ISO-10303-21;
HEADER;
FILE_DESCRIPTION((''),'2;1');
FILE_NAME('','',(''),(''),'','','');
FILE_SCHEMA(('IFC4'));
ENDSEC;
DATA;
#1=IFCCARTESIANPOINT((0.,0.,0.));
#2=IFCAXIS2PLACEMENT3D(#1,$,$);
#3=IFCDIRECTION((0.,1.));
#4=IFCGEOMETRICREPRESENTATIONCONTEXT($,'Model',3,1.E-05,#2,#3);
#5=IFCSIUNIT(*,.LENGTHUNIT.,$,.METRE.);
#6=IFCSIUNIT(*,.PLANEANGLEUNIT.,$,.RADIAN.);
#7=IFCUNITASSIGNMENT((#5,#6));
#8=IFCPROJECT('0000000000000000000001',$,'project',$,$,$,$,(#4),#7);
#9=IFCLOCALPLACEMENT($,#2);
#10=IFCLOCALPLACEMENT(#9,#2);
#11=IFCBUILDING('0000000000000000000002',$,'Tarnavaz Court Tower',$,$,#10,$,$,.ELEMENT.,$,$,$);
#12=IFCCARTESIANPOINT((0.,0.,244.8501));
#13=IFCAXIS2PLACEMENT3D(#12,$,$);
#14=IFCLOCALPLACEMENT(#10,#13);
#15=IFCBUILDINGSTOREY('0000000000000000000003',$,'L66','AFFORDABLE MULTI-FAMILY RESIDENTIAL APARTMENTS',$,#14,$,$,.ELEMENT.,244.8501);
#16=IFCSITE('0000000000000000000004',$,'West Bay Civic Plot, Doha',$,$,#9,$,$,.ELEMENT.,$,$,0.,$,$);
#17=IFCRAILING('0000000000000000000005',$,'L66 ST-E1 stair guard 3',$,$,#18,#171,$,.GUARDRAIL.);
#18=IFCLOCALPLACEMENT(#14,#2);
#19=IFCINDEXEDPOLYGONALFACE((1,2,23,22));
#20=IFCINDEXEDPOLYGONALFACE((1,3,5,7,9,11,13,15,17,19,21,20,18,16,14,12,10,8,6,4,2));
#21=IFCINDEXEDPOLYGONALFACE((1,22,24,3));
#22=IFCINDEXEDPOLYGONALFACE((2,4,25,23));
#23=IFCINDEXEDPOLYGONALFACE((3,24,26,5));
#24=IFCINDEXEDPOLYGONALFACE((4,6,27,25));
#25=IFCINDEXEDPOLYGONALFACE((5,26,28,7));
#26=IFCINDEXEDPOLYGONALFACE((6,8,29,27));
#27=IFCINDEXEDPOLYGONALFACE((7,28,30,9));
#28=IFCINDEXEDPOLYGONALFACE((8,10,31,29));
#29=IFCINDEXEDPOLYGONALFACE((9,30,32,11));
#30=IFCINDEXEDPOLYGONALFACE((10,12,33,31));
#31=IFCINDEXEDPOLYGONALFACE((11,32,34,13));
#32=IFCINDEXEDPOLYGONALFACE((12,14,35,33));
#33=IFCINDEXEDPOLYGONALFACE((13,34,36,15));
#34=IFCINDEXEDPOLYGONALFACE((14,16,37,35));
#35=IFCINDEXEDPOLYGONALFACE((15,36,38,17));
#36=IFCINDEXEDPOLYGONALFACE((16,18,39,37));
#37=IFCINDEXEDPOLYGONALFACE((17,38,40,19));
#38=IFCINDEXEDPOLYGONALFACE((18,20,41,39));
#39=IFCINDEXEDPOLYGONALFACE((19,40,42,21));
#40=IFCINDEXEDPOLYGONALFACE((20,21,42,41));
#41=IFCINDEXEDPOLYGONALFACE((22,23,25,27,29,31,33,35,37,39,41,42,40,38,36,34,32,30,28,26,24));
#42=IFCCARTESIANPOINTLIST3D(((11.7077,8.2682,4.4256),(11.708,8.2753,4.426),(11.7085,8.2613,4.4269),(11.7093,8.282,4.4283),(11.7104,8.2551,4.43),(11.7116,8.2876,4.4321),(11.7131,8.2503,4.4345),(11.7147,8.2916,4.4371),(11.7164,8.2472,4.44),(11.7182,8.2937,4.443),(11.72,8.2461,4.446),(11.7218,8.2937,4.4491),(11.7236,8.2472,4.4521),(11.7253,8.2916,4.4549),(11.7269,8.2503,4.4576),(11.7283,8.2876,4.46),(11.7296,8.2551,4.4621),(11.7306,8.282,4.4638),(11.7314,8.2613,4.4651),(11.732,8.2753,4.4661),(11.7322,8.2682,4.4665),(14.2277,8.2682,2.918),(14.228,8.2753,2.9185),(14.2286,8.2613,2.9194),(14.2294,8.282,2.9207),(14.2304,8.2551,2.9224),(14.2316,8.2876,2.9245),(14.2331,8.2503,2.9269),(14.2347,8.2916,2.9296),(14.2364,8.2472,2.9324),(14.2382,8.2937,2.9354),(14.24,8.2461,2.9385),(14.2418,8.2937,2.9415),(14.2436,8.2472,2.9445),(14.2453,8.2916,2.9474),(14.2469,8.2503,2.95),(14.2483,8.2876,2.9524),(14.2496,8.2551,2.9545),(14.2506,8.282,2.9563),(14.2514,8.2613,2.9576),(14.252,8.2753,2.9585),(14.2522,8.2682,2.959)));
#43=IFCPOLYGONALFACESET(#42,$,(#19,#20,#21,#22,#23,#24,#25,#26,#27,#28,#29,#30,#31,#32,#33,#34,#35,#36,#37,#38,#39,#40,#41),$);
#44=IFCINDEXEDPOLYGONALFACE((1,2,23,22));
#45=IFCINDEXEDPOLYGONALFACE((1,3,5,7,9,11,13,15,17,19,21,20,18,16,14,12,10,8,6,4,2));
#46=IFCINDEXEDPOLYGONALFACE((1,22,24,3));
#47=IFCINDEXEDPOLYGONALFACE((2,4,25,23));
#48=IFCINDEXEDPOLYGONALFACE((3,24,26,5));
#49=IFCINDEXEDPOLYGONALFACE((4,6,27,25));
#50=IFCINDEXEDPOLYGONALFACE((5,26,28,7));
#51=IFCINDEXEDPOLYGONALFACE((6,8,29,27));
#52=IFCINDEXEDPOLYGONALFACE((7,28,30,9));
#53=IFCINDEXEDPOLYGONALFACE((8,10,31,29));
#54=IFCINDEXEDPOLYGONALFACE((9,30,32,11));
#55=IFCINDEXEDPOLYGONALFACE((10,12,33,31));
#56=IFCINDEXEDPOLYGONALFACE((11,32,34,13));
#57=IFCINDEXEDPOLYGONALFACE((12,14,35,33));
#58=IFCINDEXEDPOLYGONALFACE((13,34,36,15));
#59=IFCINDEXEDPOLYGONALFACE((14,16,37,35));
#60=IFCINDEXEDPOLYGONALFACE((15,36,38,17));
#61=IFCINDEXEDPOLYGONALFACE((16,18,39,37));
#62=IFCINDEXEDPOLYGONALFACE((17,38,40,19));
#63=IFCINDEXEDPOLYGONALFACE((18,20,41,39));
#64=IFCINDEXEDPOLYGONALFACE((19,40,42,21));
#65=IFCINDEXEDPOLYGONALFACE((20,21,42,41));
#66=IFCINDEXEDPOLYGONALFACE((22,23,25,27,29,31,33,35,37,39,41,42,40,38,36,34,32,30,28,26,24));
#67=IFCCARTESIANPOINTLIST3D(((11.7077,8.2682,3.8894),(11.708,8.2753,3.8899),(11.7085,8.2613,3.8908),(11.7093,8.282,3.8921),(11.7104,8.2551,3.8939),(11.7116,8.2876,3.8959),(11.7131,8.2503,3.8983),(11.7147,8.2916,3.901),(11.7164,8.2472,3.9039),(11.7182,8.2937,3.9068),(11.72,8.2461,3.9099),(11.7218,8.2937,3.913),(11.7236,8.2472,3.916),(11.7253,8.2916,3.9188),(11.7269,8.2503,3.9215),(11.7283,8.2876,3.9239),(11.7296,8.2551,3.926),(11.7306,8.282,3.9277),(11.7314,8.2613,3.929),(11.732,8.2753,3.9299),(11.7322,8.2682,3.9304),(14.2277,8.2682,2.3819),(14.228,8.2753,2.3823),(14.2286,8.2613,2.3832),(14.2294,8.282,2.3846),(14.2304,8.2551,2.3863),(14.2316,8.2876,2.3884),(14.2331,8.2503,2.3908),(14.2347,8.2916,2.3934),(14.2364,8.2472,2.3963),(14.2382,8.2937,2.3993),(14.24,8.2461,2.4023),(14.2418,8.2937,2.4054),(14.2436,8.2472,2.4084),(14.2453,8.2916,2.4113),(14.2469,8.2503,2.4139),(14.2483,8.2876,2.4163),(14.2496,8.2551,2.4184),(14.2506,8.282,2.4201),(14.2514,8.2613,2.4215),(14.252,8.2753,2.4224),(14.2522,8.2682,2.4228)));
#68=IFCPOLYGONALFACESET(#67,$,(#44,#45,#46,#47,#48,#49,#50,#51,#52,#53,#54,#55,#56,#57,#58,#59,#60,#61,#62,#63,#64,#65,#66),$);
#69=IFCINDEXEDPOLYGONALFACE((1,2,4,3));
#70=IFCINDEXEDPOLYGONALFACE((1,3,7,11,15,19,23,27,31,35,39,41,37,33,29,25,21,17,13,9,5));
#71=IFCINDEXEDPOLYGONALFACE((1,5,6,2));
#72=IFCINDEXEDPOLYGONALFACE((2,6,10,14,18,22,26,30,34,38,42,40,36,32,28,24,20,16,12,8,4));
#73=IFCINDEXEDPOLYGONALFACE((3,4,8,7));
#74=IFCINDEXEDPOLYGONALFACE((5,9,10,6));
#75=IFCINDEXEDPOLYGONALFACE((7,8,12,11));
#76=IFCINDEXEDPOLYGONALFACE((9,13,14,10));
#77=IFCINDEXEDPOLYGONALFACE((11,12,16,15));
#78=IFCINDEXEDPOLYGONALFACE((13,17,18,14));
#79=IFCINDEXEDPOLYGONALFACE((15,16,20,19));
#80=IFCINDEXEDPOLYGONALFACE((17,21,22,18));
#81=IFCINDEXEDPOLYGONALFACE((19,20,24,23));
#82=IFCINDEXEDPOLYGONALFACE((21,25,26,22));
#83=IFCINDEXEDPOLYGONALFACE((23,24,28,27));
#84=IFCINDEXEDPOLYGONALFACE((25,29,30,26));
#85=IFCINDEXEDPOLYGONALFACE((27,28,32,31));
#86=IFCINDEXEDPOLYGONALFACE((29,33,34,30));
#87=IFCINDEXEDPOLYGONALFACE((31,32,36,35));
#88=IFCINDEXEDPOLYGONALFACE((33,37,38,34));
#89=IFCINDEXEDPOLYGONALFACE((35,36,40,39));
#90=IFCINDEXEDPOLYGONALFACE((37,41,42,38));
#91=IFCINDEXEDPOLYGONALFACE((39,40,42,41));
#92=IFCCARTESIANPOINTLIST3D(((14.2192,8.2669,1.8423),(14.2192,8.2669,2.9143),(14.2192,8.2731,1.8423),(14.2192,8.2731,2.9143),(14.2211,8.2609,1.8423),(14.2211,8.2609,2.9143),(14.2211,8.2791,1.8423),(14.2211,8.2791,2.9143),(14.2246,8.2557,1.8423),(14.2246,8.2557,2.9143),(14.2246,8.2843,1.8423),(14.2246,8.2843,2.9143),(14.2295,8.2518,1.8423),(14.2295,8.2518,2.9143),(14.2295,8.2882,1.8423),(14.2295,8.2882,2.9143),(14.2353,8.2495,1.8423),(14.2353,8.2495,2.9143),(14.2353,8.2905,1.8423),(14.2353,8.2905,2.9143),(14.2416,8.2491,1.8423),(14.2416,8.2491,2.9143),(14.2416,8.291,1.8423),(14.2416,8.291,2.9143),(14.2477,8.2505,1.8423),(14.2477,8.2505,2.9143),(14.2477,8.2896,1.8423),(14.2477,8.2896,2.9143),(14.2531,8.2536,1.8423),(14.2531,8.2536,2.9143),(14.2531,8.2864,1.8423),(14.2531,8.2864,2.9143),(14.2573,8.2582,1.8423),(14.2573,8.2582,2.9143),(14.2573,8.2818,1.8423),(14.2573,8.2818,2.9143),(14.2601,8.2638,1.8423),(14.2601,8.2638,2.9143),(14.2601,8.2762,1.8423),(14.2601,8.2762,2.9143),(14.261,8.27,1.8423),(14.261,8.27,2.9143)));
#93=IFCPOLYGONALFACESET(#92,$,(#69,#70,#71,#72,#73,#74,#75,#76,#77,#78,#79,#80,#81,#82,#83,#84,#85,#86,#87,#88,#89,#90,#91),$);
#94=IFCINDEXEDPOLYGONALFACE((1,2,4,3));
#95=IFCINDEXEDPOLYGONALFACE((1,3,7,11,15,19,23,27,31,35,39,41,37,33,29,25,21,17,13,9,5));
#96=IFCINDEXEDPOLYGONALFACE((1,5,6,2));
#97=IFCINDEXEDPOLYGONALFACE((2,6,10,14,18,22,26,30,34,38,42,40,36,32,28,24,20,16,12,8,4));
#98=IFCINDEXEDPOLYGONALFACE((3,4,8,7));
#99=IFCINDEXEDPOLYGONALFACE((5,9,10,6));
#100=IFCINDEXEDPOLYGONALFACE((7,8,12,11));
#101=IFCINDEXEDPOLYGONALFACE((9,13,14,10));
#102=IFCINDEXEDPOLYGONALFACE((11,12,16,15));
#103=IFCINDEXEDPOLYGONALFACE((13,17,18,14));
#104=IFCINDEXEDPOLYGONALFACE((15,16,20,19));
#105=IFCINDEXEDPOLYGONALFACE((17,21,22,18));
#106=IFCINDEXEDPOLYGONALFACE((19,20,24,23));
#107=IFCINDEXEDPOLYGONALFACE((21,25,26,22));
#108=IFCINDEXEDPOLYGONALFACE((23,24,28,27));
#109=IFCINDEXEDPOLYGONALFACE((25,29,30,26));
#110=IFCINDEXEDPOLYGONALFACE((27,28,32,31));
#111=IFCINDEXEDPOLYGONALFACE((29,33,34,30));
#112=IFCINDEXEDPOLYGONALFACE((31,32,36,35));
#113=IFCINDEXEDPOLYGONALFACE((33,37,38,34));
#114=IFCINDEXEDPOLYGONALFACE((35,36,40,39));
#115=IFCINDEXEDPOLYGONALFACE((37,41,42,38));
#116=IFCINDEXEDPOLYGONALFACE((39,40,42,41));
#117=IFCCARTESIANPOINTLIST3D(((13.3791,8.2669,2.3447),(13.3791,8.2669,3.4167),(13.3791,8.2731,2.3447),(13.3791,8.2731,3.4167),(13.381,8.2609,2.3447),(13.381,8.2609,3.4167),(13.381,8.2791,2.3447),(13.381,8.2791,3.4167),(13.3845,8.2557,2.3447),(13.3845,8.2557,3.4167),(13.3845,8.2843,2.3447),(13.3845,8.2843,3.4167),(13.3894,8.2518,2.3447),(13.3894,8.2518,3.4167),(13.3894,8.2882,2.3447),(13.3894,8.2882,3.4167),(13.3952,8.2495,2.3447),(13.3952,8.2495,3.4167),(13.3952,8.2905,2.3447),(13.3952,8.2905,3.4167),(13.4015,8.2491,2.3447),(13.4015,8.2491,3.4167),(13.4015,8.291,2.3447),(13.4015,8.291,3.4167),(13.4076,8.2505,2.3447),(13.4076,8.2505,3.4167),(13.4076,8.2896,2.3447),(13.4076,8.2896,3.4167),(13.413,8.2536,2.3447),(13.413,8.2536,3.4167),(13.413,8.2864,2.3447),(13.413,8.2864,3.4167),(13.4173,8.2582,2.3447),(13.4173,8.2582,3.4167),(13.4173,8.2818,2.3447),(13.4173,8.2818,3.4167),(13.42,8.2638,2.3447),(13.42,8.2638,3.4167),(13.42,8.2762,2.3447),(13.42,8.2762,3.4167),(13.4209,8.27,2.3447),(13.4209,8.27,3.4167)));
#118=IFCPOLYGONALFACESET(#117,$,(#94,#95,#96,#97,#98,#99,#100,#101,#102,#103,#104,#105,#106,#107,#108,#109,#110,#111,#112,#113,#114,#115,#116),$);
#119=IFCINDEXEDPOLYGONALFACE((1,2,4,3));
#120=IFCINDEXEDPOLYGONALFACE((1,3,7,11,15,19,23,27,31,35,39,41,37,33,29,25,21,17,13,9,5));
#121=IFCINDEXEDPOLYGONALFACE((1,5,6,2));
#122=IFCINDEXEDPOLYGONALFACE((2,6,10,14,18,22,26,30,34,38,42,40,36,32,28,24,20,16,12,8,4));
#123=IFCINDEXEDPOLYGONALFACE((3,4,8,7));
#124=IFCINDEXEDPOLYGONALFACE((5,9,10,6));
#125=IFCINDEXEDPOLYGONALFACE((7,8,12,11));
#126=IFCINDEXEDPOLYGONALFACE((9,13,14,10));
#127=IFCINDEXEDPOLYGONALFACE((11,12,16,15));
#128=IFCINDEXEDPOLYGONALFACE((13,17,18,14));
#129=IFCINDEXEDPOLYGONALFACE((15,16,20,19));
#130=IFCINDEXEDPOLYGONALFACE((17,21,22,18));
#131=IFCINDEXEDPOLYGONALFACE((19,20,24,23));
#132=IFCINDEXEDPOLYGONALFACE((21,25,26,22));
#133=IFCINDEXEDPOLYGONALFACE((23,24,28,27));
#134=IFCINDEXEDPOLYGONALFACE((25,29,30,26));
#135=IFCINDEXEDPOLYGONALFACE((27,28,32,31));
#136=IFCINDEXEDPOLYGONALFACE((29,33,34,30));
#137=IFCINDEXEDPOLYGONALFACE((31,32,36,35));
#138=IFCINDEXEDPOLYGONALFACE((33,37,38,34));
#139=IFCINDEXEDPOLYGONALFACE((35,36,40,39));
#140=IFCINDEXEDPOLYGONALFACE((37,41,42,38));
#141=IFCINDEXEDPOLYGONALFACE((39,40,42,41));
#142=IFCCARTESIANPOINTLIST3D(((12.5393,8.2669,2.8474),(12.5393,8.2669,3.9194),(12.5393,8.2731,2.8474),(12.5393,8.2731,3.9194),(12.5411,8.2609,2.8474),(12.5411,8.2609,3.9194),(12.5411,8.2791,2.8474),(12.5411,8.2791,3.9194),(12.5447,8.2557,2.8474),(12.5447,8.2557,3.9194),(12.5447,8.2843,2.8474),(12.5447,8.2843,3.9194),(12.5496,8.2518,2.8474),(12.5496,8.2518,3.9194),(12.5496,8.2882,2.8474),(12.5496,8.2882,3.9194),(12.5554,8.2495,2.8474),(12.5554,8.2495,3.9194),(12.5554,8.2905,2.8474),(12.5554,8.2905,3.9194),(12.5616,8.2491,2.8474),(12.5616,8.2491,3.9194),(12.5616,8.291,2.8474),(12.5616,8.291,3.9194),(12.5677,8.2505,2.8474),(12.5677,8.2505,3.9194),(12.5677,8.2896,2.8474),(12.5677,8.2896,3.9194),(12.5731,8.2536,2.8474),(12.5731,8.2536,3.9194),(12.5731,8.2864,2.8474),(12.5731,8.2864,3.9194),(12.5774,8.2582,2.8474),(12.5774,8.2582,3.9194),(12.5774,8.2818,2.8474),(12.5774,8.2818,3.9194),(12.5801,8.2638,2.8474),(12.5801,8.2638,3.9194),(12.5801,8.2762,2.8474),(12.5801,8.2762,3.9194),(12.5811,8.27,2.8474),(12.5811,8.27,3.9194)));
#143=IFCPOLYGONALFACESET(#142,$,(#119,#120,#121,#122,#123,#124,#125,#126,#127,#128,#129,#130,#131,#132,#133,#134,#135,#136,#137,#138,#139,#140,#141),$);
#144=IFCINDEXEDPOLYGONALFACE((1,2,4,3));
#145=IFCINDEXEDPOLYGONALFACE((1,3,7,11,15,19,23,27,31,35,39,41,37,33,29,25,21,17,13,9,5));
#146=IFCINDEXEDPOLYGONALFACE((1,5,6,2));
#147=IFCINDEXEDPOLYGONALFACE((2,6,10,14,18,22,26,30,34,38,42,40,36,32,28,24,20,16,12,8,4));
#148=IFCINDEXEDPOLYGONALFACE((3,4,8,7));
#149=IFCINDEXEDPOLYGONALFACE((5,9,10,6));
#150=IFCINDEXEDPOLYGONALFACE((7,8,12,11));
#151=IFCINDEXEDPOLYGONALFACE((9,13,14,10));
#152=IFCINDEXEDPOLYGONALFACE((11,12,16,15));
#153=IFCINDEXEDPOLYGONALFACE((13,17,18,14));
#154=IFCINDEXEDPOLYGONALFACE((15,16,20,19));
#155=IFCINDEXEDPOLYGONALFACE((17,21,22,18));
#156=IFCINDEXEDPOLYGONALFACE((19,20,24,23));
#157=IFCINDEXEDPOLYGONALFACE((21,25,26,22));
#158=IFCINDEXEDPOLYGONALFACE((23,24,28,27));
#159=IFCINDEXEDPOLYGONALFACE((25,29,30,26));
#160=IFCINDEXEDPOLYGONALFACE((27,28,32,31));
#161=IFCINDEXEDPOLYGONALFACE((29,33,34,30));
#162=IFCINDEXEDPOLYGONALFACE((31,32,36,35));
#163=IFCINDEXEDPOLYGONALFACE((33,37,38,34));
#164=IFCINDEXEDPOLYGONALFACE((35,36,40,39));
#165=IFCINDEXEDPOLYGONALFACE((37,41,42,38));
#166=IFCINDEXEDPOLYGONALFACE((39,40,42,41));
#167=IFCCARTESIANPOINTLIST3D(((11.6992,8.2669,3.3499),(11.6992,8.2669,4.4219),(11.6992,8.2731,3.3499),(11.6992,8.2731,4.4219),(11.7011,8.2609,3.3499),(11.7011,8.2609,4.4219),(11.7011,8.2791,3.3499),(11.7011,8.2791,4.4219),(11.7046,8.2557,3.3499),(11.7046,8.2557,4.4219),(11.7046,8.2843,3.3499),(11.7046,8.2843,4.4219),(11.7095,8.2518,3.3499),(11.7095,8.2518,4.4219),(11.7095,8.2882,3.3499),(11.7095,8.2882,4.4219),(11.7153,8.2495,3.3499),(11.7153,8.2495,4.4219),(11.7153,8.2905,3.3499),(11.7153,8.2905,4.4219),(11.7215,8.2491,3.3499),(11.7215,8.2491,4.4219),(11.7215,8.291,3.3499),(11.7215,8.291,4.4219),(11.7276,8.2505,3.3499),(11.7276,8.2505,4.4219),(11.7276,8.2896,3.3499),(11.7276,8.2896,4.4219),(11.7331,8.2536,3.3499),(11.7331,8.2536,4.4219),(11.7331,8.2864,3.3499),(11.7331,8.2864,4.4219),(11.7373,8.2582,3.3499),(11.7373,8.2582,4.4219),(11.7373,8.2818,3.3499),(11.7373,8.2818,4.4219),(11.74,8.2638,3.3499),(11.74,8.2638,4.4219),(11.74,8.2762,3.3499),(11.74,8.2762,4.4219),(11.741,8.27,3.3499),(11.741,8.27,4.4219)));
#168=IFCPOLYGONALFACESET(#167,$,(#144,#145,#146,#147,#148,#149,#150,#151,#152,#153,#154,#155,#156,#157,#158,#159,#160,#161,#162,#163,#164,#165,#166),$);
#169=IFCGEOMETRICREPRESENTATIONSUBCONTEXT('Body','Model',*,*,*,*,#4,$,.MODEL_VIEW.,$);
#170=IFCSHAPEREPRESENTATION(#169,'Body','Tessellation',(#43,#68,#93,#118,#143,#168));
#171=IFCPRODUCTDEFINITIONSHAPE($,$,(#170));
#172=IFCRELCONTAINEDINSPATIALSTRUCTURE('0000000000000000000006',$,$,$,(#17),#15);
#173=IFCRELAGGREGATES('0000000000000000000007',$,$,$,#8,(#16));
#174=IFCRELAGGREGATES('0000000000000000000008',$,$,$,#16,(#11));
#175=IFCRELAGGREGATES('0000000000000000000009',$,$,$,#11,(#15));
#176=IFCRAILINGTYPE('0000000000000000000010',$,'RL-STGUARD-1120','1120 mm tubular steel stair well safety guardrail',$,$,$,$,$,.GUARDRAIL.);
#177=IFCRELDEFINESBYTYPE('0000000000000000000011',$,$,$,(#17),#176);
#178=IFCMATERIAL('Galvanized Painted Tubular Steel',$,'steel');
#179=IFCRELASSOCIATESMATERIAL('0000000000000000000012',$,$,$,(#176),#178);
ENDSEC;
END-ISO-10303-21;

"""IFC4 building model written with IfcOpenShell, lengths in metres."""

from ifc_helpers import new_model, si_unit, direction, frame, origin, origin_2d, place, context, subcontext, project, spatial, circle, extrude, material, type_object, element, save


model = new_model("IFC4")

# Units and contexts
model_context = context("Model", 3, precision=1e-05, world=origin(), true_north=direction((0.0, 1.0)))
body_context = subcontext(model_context, "Body", "Model", "MODEL_VIEW")
ifc_project = project(units=[si_unit("LENGTHUNIT", "METRE"), si_unit("PLANEANGLEUNIT", "RADIAN")], contexts=[model_context])

# Site, building, storey
site_placement = place(None, origin())
site = spatial("IfcSite", under=ifc_project, at=site_placement, Name="West Bay Civic Plot, Doha", CompositionType="ELEMENT", RefElevation=0.0)
building_placement = place(site_placement, origin())
building = spatial("IfcBuilding", under=site, at=building_placement, Name="Tarnavaz Court Tower", CompositionType="ELEMENT")
storey_placement = place(building_placement, frame((0.0, 0.0, 244.8501)))
storey = spatial("IfcBuildingStorey", under=building, at=storey_placement, Name="L66", Description="AFFORDABLE MULTI-FAMILY RESIDENTIAL APARTMENTS", CompositionType="ELEMENT", Elevation=244.8501)

# Railing
ifc_material_1 = material(Name="Galvanized Painted Tubular Steel", Category="steel")
railing_type_1 = type_object("IfcRailingType", Name="RL-STGUARD-1120", Description="1120 mm tubular steel stair well safety guardrail", PredefinedType="GUARDRAIL", material=ifc_material_1)
railing_1_placement = place(storey_placement, frame((14.24, 8.27, 1.8423)))
element("IfcRailing", 1, at=railing_1_placement, inside=storey, type_object=railing_type_1, Name="L66 ST-E1 stair guard 3", PredefinedType="GUARDRAIL", context=body_context, shape_type="SweptSolid", body=[
    extrude(circle(Radius=0.0239, at=origin_2d()), frame((0.0, 0.0, 1.0962), z_axis=(-0.85816, 0.0, 0.513383), x_axis=(0.0, -1.0, 0.0)), (0.0, 0.0, 1.0), 2.9365),
    extrude(circle(Radius=0.0239, at=origin_2d()), frame((0.0, 0.0, 0.5601), z_axis=(-0.85816, 0.0, 0.513383), x_axis=(0.0, -1.0, 0.0)), (0.0, 0.0, 1.0), 2.9365),
    extrude(circle(Radius=0.021, at=origin_2d()), origin(), (0.0, 0.0, 1.0), 1.072),
    extrude(circle(Radius=0.021, at=origin_2d()), frame((-0.8401, 0.0, 0.5024)), (0.0, 0.0, 1.0), 1.072),
    extrude(circle(Radius=0.021, at=origin_2d()), frame((-1.6799, 0.0, 1.0051)), (0.0, 0.0, 1.0), 1.072),
    extrude(circle(Radius=0.021, at=origin_2d()), frame((-2.52, 0.0, 1.5076)), (0.0, 0.0, 1.0), 1.072),
])

save(model, "model.ifc")
